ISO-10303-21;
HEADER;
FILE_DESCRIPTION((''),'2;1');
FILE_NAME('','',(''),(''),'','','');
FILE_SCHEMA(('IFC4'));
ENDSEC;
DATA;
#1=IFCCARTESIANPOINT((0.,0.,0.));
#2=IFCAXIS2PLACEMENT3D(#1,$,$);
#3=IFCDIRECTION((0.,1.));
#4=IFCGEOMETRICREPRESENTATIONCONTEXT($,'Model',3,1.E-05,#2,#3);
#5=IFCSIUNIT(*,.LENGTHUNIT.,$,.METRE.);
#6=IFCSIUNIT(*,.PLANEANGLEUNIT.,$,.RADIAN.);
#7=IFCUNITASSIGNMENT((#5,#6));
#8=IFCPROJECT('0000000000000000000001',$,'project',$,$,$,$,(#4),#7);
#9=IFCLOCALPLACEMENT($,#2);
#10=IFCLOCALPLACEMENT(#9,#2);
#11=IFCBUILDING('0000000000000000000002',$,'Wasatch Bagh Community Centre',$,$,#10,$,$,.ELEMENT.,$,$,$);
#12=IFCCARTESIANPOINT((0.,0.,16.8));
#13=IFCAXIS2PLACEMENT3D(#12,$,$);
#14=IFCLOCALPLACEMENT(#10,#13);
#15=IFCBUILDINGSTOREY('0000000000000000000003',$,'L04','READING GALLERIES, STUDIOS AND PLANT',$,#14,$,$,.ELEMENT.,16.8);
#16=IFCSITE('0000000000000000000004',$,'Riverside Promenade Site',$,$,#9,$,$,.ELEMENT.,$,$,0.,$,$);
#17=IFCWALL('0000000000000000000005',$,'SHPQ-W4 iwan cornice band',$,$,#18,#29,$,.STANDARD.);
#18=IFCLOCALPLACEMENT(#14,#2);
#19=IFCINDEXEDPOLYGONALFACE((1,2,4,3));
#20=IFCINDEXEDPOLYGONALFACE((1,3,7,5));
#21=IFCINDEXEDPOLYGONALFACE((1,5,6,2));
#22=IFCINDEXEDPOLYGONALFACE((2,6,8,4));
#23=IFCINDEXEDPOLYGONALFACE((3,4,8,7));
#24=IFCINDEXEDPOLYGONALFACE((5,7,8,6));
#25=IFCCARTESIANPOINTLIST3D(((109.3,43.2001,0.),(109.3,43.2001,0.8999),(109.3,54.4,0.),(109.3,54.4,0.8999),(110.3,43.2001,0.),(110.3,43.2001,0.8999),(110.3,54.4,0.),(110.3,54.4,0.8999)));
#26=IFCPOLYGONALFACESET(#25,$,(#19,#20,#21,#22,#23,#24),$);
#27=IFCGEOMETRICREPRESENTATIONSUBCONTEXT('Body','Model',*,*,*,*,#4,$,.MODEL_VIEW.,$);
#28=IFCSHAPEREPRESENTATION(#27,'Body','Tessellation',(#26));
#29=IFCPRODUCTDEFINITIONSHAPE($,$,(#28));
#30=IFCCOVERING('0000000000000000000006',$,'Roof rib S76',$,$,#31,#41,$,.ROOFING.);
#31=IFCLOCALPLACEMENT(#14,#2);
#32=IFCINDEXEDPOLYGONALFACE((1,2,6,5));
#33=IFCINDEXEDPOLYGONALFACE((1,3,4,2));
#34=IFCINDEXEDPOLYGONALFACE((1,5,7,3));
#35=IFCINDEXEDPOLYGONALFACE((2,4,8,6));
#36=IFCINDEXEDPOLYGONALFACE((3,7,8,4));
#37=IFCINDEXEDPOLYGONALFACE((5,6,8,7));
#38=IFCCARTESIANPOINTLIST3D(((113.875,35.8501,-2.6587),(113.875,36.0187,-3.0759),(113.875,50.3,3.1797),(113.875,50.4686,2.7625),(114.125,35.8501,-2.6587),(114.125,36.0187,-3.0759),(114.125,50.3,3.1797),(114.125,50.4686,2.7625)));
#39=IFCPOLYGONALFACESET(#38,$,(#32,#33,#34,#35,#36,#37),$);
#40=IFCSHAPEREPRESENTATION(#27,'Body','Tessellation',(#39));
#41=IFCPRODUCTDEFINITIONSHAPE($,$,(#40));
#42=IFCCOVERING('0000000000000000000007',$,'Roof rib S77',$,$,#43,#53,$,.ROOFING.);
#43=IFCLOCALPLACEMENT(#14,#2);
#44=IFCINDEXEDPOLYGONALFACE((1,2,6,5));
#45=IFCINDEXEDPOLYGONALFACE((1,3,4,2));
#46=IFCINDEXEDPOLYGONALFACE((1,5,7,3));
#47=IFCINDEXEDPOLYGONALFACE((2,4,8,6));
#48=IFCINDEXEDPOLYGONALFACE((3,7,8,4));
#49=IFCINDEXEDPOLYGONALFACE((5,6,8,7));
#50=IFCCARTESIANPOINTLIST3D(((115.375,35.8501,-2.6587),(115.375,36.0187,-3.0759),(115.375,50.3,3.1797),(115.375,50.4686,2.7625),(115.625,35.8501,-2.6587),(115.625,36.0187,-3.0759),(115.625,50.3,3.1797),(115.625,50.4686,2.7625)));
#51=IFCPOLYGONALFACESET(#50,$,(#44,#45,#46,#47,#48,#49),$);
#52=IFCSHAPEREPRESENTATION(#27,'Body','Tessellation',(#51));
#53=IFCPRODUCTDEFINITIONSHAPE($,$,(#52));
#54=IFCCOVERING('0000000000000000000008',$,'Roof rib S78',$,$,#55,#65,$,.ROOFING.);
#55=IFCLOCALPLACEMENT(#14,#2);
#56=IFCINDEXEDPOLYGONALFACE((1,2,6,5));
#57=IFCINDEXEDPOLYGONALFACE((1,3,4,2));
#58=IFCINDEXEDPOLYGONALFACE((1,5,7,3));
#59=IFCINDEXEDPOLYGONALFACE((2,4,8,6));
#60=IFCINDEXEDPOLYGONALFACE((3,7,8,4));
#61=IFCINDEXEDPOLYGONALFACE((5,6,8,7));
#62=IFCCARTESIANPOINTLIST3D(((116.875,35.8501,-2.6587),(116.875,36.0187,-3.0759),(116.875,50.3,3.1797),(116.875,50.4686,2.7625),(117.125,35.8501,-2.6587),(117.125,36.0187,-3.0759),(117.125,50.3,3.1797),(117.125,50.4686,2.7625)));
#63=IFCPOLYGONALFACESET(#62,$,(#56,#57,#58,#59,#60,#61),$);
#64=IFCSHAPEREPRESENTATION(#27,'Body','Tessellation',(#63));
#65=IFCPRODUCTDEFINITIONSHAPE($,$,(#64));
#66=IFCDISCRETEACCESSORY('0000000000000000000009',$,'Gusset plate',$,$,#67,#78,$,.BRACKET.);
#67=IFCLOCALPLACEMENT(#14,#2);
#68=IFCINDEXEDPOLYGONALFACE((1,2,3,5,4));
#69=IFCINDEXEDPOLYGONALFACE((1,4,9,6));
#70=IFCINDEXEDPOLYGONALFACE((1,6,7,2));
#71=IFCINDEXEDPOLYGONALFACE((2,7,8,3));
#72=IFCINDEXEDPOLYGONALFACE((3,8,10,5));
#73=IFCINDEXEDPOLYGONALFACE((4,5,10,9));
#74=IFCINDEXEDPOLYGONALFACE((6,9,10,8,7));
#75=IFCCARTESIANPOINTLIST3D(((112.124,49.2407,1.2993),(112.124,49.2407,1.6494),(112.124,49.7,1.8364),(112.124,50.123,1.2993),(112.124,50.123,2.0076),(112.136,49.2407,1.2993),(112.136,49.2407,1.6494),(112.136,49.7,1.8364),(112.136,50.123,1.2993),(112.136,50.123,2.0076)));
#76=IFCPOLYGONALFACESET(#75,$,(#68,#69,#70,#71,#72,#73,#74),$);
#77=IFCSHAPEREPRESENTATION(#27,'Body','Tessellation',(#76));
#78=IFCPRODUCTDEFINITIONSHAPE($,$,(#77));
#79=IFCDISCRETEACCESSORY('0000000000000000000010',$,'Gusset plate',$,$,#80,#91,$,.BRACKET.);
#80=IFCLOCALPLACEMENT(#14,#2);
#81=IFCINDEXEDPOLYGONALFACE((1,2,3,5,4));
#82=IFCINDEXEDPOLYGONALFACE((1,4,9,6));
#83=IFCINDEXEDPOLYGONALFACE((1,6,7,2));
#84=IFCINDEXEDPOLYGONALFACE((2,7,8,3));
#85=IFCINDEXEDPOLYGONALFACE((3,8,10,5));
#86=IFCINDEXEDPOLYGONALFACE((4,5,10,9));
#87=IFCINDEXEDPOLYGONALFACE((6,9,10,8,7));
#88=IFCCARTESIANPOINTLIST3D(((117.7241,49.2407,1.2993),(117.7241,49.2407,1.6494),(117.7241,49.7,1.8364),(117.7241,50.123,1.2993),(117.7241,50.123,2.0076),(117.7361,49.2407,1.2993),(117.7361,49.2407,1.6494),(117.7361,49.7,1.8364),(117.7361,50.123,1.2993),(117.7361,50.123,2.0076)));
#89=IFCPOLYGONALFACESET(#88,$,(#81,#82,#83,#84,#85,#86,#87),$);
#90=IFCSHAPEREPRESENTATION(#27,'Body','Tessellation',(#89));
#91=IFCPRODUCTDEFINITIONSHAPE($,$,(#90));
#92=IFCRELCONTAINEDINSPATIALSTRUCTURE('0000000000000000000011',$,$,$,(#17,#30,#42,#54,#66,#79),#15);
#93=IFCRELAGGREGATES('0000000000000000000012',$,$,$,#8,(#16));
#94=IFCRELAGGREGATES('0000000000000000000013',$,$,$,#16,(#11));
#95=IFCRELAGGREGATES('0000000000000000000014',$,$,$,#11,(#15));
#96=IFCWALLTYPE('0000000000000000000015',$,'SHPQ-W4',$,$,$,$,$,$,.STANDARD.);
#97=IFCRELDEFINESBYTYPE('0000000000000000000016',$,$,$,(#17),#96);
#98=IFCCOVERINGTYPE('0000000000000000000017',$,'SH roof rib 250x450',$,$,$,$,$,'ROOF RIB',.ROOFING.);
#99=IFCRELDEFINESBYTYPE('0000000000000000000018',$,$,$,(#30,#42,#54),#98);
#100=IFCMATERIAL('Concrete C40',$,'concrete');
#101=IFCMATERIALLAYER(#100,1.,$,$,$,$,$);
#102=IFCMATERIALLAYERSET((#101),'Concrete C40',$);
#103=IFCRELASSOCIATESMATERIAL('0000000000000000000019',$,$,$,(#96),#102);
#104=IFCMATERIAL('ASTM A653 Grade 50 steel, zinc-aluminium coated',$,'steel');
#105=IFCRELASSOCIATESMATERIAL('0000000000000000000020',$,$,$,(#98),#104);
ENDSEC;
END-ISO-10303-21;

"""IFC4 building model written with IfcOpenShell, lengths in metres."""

from ifc_helpers import new_model, si_unit, direction, frame, frame_2d, origin, place, context, subcontext, project, spatial, polyline, rectangle, outline, extrude, material, layer, layer_set, type_object, element, save


model = new_model("IFC4")

# Units and contexts
model_context = context("Model", 3, precision=1e-05, world=origin(), true_north=direction((0.0, 1.0)))
body_context = subcontext(model_context, "Body", "Model", "MODEL_VIEW")
ifc_project = project(units=[si_unit("LENGTHUNIT", "METRE"), si_unit("PLANEANGLEUNIT", "RADIAN")], contexts=[model_context])

# Site, building, storey
site_placement = place(None, origin())
site = spatial("IfcSite", under=ifc_project, at=site_placement, Name="Riverside Promenade Site", CompositionType="ELEMENT", RefElevation=0.0)
building_placement = place(site_placement, origin())
building = spatial("IfcBuilding", under=site, at=building_placement, Name="Wasatch Bagh Community Centre", CompositionType="ELEMENT")
storey_placement = place(building_placement, frame((0.0, 0.0, 16.8)))
storey = spatial("IfcBuildingStorey", under=building, at=storey_placement, Name="L04", Description="READING GALLERIES, STUDIOS AND PLANT", CompositionType="ELEMENT", Elevation=16.8)

# Wall
ifc_material_1 = material(Name="Concrete C40", Category="concrete")
ifc_layer_1 = layer(ifc_material_1, 1.0)
ifc_layer_set_1 = layer_set([ifc_layer_1], Name="Concrete C40")
wall_type = type_object("IfcWallType", Name="SHPQ-W4", PredefinedType="STANDARD", material=ifc_layer_set_1)
wall_placement = place(storey_placement, frame((109.8, 43.2, 0.0), z_axis=(0.0, 0.0, 1.0), x_axis=(0.0, 1.0, 0.0)))
element("IfcWall", 1, at=wall_placement, inside=storey, type_object=wall_type, Name="SHPQ-W4 iwan cornice band", PredefinedType="STANDARD", context=body_context, shape_type="SweptSolid", body=[
    extrude(rectangle(XDim=11.2, YDim=1.0, at=frame_2d((5.6001, 0.0))), origin(), (0.0, 0.0, 1.0), 0.8999),
])

# Coverings
ifc_material_2 = material(Name="ASTM A653 Grade 50 steel, zinc-aluminium coated", Category="steel")
covering_type = type_object("IfcCoveringType", Name="SH roof rib 250x450", ElementType="ROOF RIB", PredefinedType="ROOFING", material=ifc_material_2)
for number, where, z_axis, x_axis, name in (
    (2, (113.875, 35.8501, -2.6587), (0.0, -0.374619, 0.927179), (0.0, 0.927179, 0.374619), "Roof rib S76"),
    (3, (115.375, 35.8501, -2.6587), (0.0, -0.374619, 0.927179), (0.0, 0.927179, 0.374619), "Roof rib S77"),
    (4, (116.875, 35.8501, -2.6587), (0.0, -0.374619, 0.927179), (0.0, 0.927179, 0.374619), "Roof rib S78"),
):
    element("IfcCovering", number, at=place(storey_placement, frame(where, z_axis=z_axis, x_axis=x_axis)), inside=storey, type_object=covering_type, Name=name, PredefinedType="ROOFING", context=body_context, shape_type="SweptSolid", body=[
        extrude(outline(polyline([(0.0, 0.0), (15.5849, 0.0), (15.5849, -0.25), (0.0, -0.25), (0.0, 0.0)])), origin(), (0.0, 0.0, -1.0), 0.45),
    ])

# Discrete accessories
for number, where, z_axis, x_axis, name in (
    (5, (112.124, 49.2407, 1.6494), (-1.0, 0.0, 0.0), (0.0, 0.92615, 0.377156), "Gusset plate"),
    (6, (117.7241, 49.2407, 1.6494), (-1.0, 0.0, 0.0), (0.0, 0.92615, 0.377156), "Gusset plate"),
):
    element("IfcDiscreteAccessory", number, at=place(storey_placement, frame(where, z_axis=z_axis, x_axis=x_axis)), inside=storey, Name=name, PredefinedType="BRACKET", context=body_context, shape_type="SweptSolid", body=[
        extrude(outline(polyline([(0.0, 0.0), (0.4958, 0.0), (0.9522, 0.0011), (0.6851, 0.657), (-0.132, 0.3242), (0.0, 0.0)])), origin(), (0.0, 0.0, -1.0), 0.012),
    ])

save(model, "model.ifc")
